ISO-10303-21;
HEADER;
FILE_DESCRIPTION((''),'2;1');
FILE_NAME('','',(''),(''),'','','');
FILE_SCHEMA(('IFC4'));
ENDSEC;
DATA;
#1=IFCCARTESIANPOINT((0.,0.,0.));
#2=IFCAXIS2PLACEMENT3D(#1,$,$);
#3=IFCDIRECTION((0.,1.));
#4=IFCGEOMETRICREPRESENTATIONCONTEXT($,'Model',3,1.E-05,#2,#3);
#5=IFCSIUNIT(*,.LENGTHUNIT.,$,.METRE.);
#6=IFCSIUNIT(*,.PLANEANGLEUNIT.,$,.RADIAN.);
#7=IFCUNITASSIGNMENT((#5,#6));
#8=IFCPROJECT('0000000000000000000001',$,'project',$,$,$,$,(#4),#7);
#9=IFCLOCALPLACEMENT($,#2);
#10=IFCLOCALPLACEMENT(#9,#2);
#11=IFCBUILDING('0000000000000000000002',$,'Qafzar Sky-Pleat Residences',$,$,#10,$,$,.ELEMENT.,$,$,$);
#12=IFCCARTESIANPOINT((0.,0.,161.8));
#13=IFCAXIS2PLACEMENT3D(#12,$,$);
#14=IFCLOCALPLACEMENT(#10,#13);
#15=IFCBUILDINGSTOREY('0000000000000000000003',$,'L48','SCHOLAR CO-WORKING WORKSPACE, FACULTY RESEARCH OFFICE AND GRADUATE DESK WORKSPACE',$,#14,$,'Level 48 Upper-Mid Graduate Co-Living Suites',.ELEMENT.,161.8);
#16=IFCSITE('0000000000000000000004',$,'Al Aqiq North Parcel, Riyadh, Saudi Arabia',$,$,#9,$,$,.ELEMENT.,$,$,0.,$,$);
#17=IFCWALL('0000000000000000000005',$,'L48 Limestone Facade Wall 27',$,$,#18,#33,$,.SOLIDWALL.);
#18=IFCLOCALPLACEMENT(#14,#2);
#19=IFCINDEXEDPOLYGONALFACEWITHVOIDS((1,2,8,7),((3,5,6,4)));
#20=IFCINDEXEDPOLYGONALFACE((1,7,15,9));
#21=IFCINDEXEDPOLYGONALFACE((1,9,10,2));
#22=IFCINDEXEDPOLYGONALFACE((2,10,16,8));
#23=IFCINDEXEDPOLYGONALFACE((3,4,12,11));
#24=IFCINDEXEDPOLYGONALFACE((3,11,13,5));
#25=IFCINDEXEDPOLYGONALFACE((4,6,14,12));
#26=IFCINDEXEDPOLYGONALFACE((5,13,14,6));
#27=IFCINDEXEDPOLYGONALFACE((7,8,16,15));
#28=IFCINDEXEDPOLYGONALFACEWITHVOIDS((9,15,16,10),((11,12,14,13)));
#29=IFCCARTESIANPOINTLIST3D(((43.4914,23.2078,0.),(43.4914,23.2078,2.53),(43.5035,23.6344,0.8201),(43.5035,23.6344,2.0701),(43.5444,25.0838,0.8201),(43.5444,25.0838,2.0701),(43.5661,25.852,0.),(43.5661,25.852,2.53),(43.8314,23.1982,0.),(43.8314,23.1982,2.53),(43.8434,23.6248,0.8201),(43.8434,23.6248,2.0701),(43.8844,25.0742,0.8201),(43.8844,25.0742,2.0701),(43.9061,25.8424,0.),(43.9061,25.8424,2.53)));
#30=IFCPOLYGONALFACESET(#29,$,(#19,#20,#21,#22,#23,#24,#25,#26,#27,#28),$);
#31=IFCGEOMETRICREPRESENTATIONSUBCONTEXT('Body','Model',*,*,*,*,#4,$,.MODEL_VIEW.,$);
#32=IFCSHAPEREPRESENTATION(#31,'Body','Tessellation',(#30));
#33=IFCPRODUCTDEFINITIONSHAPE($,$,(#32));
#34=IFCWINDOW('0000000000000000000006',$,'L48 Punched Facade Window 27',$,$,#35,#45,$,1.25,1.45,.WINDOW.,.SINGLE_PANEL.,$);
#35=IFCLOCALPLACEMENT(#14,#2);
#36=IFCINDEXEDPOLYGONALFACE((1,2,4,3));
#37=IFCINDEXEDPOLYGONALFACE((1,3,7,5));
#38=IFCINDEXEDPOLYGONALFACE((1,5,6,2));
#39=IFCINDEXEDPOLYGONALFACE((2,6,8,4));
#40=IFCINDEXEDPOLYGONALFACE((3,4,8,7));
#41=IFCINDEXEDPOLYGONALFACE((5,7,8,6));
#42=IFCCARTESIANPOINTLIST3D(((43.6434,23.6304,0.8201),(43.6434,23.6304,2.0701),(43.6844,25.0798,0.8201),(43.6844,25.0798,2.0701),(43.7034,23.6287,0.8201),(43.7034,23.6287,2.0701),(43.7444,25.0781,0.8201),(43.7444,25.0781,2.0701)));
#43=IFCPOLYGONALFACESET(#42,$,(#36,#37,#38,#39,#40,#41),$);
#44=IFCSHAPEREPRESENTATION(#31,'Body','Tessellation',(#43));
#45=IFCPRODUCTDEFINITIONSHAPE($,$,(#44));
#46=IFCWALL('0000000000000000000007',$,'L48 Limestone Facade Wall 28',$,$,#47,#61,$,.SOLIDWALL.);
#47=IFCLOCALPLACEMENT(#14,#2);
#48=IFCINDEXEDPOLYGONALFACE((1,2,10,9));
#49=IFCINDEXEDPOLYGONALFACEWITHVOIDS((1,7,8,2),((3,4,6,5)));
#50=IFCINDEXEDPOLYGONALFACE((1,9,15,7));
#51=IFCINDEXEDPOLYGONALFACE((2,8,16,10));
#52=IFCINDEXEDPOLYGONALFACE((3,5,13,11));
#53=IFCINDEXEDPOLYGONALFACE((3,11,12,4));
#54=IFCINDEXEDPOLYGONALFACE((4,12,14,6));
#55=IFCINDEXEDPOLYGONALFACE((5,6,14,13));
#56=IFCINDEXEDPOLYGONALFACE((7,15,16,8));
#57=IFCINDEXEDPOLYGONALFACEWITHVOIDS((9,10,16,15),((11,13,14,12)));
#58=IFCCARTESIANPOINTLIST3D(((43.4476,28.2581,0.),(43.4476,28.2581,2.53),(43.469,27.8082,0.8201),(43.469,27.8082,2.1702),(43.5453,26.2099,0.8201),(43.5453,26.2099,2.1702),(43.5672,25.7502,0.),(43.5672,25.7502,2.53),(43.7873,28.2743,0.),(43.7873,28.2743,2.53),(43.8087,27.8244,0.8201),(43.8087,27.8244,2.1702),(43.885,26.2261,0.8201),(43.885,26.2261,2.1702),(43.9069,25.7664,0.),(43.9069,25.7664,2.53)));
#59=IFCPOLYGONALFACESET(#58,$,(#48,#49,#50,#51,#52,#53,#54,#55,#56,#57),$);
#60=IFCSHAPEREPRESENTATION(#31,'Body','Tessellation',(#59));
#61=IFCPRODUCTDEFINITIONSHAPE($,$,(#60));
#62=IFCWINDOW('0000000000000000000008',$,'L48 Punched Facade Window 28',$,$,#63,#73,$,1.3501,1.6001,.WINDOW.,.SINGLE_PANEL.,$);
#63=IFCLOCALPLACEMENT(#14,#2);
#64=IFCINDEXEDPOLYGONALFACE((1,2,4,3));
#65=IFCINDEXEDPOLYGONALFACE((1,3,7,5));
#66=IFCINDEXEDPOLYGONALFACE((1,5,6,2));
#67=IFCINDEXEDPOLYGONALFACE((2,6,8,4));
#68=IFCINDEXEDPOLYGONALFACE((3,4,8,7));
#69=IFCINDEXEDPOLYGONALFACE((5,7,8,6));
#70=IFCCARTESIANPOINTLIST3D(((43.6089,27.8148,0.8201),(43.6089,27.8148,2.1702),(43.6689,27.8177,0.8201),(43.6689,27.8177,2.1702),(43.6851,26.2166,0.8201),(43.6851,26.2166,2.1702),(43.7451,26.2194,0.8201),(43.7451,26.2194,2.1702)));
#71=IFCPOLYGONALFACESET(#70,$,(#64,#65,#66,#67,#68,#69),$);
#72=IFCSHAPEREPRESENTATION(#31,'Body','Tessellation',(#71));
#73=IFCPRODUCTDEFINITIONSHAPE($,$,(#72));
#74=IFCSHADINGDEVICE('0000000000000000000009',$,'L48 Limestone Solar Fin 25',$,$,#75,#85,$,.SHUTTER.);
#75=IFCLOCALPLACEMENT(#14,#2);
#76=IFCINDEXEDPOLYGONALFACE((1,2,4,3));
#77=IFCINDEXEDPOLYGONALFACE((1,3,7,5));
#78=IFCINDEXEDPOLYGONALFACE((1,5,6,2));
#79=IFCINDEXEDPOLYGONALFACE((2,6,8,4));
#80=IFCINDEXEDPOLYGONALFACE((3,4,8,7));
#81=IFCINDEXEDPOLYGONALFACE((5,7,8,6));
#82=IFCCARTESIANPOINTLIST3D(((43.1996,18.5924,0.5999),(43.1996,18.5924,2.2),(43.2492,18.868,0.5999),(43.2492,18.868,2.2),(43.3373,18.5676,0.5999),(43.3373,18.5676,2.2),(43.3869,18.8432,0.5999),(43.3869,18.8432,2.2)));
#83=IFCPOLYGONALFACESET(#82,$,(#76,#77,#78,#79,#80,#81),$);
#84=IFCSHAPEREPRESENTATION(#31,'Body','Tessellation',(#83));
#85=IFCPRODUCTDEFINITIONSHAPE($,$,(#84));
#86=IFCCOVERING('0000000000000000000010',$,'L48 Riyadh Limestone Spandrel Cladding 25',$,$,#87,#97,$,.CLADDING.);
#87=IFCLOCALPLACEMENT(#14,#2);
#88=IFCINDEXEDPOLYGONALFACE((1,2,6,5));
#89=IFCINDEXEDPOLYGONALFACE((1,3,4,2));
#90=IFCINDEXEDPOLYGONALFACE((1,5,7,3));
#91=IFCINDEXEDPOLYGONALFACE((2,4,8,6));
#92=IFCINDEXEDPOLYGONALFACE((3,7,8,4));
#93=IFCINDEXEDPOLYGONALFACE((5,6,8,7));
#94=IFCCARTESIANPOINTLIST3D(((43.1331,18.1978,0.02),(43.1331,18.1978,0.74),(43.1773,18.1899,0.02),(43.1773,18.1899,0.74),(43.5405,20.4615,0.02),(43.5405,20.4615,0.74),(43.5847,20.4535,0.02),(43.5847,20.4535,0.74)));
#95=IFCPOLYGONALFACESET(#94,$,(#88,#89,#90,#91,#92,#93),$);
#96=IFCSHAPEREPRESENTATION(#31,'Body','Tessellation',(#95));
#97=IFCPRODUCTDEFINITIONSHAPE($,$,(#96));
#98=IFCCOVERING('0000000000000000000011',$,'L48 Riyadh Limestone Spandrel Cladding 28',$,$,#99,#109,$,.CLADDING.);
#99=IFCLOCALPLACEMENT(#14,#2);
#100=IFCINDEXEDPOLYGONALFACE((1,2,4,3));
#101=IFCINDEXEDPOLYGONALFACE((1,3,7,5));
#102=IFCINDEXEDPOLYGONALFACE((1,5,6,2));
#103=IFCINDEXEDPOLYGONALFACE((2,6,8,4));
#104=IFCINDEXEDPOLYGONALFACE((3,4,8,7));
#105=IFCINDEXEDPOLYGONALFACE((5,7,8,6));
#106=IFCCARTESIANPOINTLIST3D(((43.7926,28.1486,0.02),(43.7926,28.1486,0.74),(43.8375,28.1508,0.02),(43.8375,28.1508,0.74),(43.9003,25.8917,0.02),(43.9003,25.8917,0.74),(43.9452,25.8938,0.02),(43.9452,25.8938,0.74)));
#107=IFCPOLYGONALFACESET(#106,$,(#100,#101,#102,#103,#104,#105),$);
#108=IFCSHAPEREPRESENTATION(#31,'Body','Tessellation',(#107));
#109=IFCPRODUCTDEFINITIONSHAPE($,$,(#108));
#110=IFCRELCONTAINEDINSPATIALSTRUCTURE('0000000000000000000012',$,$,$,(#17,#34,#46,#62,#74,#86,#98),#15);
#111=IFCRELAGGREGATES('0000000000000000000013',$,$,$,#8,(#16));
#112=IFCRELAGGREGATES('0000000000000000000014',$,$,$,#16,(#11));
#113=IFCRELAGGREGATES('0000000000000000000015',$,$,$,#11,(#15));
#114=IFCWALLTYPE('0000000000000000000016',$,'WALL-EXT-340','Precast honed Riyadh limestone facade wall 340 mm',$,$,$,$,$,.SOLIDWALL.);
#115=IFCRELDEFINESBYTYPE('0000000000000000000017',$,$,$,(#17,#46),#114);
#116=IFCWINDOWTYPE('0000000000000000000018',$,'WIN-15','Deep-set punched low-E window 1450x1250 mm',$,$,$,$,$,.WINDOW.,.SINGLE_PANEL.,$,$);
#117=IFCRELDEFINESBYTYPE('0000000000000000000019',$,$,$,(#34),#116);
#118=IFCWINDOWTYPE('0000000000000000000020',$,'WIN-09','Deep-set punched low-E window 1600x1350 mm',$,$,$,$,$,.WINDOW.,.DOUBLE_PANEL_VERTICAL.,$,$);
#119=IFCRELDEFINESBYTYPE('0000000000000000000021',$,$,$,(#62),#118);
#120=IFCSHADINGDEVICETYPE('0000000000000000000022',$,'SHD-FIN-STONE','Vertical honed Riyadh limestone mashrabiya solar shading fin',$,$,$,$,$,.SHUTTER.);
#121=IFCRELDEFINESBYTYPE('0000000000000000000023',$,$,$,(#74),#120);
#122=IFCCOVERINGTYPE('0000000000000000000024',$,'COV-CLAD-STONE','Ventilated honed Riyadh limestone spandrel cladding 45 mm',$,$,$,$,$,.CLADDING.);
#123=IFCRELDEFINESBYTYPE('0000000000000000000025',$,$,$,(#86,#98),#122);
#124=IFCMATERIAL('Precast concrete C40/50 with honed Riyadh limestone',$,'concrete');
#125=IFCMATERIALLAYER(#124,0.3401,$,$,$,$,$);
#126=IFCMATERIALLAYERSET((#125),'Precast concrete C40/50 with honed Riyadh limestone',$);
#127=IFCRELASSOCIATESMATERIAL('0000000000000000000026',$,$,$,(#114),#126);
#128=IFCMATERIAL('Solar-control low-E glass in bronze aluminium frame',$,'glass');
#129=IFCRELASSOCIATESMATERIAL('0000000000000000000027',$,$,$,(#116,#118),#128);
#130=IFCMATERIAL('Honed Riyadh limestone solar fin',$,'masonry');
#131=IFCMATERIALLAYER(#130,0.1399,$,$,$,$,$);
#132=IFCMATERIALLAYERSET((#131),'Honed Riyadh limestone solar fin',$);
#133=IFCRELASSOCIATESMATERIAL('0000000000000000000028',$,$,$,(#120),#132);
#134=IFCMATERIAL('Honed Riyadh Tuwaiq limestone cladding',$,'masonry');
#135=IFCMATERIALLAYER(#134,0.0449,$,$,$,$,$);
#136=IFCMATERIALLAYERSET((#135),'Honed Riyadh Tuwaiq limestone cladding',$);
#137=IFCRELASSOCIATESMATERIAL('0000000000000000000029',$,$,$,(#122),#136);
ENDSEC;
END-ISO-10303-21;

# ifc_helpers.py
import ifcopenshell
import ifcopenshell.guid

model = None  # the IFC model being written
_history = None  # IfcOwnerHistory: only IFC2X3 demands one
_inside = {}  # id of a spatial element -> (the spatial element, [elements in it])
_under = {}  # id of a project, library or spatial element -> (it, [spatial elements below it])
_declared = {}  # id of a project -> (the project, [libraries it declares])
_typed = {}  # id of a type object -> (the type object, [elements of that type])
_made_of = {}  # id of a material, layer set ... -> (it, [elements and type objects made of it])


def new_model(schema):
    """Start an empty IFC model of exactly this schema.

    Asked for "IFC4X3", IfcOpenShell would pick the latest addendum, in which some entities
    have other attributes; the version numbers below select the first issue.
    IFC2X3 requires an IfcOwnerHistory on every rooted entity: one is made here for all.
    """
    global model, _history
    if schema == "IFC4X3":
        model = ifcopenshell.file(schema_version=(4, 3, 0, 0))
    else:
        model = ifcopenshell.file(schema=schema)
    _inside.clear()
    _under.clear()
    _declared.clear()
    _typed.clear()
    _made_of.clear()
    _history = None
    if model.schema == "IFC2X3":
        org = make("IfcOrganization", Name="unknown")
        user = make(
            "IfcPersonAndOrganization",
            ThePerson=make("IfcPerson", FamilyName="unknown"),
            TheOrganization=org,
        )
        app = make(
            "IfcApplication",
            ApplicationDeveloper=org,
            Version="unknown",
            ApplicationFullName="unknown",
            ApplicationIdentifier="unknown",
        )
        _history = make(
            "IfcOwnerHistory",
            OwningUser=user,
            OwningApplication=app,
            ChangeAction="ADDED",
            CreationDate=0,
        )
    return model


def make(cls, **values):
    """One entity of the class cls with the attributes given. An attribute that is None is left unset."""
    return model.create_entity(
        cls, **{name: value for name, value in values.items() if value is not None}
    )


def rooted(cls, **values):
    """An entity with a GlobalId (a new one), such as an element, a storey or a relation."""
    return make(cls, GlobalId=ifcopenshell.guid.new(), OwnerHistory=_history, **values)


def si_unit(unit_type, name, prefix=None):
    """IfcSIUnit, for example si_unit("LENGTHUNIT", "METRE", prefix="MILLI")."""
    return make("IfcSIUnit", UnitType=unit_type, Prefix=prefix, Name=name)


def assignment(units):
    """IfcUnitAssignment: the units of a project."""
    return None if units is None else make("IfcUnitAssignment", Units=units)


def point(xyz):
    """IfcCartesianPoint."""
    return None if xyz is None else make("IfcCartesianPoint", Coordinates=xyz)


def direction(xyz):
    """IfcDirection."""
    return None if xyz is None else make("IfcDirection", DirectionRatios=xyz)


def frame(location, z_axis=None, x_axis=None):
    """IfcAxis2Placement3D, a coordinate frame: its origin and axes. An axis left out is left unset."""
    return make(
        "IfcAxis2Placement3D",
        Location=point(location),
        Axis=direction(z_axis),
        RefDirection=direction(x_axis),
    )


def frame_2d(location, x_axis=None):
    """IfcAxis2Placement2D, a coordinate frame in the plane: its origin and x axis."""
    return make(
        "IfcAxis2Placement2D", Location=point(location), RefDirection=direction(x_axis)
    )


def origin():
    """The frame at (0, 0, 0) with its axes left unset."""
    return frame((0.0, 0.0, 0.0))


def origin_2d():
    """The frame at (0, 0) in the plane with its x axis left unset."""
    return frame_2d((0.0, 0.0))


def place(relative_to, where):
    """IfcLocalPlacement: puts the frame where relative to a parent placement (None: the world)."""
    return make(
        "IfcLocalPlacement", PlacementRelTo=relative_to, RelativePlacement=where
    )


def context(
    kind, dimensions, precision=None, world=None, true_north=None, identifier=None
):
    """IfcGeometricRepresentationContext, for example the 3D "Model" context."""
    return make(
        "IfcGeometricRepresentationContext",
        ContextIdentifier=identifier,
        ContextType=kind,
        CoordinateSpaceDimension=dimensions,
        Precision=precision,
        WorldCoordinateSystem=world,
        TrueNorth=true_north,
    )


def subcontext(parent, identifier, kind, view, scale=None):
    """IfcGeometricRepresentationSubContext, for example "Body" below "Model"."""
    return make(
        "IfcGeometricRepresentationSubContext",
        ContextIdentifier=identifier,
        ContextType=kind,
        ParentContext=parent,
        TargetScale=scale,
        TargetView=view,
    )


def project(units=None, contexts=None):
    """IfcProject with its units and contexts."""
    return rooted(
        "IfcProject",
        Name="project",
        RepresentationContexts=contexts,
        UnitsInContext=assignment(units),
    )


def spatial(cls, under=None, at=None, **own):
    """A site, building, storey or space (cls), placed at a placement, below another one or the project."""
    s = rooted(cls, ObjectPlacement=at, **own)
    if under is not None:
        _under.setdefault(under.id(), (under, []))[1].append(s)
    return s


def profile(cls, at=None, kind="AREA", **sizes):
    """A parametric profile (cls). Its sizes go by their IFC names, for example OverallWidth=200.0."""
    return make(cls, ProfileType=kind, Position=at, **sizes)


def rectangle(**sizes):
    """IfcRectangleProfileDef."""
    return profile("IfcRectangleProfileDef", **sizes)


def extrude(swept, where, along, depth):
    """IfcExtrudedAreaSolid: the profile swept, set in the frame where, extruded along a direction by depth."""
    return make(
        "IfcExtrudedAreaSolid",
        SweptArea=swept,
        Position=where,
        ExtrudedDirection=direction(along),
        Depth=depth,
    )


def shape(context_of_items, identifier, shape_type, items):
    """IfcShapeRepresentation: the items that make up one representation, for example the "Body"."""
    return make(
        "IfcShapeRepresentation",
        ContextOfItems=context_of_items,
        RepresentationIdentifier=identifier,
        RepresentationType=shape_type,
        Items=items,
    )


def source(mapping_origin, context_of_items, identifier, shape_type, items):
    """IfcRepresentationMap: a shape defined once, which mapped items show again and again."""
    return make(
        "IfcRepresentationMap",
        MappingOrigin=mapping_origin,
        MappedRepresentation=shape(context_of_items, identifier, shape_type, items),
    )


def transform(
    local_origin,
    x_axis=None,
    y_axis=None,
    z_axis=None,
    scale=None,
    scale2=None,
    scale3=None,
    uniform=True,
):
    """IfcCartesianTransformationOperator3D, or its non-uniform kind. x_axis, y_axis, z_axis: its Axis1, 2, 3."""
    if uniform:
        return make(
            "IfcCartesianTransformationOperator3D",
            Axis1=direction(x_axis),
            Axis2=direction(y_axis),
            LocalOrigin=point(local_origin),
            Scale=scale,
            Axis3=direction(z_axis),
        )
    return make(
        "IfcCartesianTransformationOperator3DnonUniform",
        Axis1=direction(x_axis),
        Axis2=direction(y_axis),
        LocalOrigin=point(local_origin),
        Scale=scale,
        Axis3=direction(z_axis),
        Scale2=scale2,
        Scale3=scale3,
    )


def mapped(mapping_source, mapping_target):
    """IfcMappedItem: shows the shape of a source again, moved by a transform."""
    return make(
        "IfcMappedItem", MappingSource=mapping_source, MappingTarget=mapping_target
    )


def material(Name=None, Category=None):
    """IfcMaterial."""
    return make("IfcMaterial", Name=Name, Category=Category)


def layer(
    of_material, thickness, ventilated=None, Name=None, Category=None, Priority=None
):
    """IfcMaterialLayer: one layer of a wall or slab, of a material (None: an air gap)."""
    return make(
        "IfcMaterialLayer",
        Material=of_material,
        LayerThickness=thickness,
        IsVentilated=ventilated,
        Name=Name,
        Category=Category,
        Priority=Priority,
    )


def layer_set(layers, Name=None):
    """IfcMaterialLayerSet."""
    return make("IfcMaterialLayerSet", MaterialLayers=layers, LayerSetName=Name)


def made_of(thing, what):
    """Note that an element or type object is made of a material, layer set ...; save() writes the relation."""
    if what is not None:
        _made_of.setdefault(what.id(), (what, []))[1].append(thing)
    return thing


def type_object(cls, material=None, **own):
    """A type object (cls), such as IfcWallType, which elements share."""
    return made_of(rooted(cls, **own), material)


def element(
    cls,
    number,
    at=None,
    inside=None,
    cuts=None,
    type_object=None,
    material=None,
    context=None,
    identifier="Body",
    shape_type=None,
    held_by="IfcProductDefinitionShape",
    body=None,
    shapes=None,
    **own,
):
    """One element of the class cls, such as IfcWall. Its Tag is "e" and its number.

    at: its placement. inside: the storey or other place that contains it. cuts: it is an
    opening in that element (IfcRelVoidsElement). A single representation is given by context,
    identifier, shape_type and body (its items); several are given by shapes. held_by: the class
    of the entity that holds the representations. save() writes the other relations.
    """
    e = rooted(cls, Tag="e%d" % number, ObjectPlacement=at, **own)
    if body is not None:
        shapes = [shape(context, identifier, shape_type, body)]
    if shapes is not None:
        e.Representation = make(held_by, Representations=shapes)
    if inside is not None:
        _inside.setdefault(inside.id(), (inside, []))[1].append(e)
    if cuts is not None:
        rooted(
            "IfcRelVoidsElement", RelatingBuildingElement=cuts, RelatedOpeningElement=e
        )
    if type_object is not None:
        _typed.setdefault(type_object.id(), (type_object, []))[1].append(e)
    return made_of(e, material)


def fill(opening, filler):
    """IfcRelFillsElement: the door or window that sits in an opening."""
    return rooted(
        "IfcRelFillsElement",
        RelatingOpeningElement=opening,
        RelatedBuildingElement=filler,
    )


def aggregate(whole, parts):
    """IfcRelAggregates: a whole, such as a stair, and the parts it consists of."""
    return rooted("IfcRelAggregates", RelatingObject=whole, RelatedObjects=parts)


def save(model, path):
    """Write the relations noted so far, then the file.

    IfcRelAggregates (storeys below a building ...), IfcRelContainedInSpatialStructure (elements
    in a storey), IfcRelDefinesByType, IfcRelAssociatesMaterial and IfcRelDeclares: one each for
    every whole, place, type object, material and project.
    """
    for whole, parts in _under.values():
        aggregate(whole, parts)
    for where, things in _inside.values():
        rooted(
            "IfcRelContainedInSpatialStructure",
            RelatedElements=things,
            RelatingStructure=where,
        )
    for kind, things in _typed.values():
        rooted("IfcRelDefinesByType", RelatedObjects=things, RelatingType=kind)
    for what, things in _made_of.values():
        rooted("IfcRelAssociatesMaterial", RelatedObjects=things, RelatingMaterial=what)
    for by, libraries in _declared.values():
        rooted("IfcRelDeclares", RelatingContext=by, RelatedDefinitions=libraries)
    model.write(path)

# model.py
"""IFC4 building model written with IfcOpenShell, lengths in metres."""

from ifc_helpers import new_model, si_unit, direction, frame, frame_2d, origin, origin_2d, place, context, subcontext, project, spatial, rectangle, extrude, source, transform, mapped, material, layer, layer_set, type_object, element, fill, save


model = new_model("IFC4")

# Units and contexts
model_context = context("Model", 3, precision=1e-05, world=origin(), true_north=direction((0.0, 1.0)))
body_context = subcontext(model_context, "Body", "Model", "MODEL_VIEW")
ifc_project = project(units=[si_unit("LENGTHUNIT", "METRE"), si_unit("PLANEANGLEUNIT", "RADIAN")], contexts=[model_context])

# Site, building, storey
site_placement = place(None, origin())
site = spatial("IfcSite", under=ifc_project, at=site_placement, Name="Al Aqiq North Parcel, Riyadh, Saudi Arabia", CompositionType="ELEMENT", RefElevation=0.0)
building_placement = place(site_placement, origin())
building = spatial("IfcBuilding", under=site, at=building_placement, Name="Qafzar Sky-Pleat Residences", CompositionType="ELEMENT")
storey_placement = place(building_placement, frame((0.0, 0.0, 161.8)))
storey = spatial("IfcBuildingStorey", under=building, at=storey_placement, Name="L48", Description="SCHOLAR CO-WORKING WORKSPACE, FACULTY RESEARCH OFFICE AND GRADUATE DESK WORKSPACE", LongName="Level 48 Upper-Mid Graduate Co-Living Suites", CompositionType="ELEMENT", Elevation=161.8)

# Shared definitions
ifc_material_1 = material(Name="Precast concrete C40/50 with honed Riyadh limestone", Category="concrete")

# Walls, openings, windows
ifc_layer_1 = layer(ifc_material_1, 0.3401)
ifc_layer_set_1 = layer_set([ifc_layer_1], Name="Precast concrete C40/50 with honed Riyadh limestone")
wall_type_1 = type_object("IfcWallType", Name="WALL-EXT-340", Description="Precast honed Riyadh limestone facade wall 340 mm", PredefinedType="SOLIDWALL", material=ifc_layer_set_1)
ifc_material_2 = material(Name="Solar-control low-E glass in bronze aluminium frame", Category="glass")
wall_1_placement = place(storey_placement, frame((43.6614, 23.2029, 0.0), z_axis=(0.0, 0.0, 1.0), x_axis=(0.028241, 0.999601, 0.0)))
wall_1 = element("IfcWall", 1, at=wall_1_placement, inside=storey, type_object=wall_type_1, Name="L48 Limestone Facade Wall 27", PredefinedType="SOLIDWALL", context=body_context, shape_type="SweptSolid", body=[
    extrude(rectangle(XDim=2.6453, YDim=0.3401, at=frame_2d((1.3228, 0.0))), origin(), (0.0, 0.0, 1.0), 2.53),
])
opening_1_placement = place(wall_1_placement, frame((0.4268, 0.0, 0.8201)))
opening_1 = element("IfcOpeningElement", 2, at=opening_1_placement, cuts=wall_1, PredefinedType="OPENING", context=body_context, shape_type="SweptSolid", body=[
    extrude(rectangle(XDim=1.45, YDim=1.25, at=frame_2d((0.7251, 0.625))), frame((0.0, 0.1802, 0.0), z_axis=(0.0, -1.0, 0.0), x_axis=(1.0, 0.0, 0.0)), (0.0, 0.0, 1.0), 0.3601),
])
window_type_1 = type_object("IfcWindowType", Name="WIN-15", Description="Deep-set punched low-E window 1450x1250 mm", PartitioningType="SINGLE_PANEL", PredefinedType="WINDOW", material=ifc_material_2)
shared_shape_1 = source(origin(), body_context, "Body", "SweptSolid", [
    extrude(rectangle(XDim=1.45, YDim=1.25, at=frame_2d((0.7251, 0.625))), frame((0.0, 0.03, 0.0), z_axis=(0.0, -1.0, 0.0), x_axis=(1.0, 0.0, 0.0)), (0.0, 0.0, 1.0), 0.0601),
])
window_1_placement = place(opening_1_placement, origin())
window_1 = element("IfcWindow", 3, at=window_1_placement, inside=storey, type_object=window_type_1, Name="L48 Punched Facade Window 27", OverallHeight=1.25, OverallWidth=1.45, PartitioningType="SINGLE_PANEL", PredefinedType="WINDOW", context=body_context, shape_type="MappedRepresentation", body=[
    mapped(shared_shape_1, transform((0.0, 0.0, 0.0), x_axis=(1.0, 0.0, 0.0), y_axis=(0.0, 1.0, 0.0), z_axis=(0.0, 0.0, 1.0), scale=1.0)),
])
fill(opening_1, window_1)
wall_2_placement = place(storey_placement, frame((43.7371, 25.7583, 0.0), z_axis=(0.0, 0.0, 1.0), x_axis=(-0.047648, 0.998864, 0.0)))
wall_2 = element("IfcWall", 4, at=wall_2_placement, inside=storey, type_object=wall_type_1, Name="L48 Limestone Facade Wall 28", PredefinedType="SOLIDWALL", context=body_context, shape_type="SweptSolid", body=[
    extrude(rectangle(XDim=2.5107, YDim=0.3401, at=frame_2d((1.2554, 0.0))), origin(), (0.0, 0.0, 1.0), 2.53),
])
opening_2_placement = place(wall_2_placement, frame((0.4602, 0.0, 0.8201)))
opening_2 = element("IfcOpeningElement", 5, at=opening_2_placement, cuts=wall_2, PredefinedType="OPENING", context=body_context, shape_type="SweptSolid", body=[
    extrude(rectangle(XDim=1.6001, YDim=1.3501, at=frame_2d((0.8, 0.675))), frame((0.0, 0.1802, 0.0), z_axis=(0.0, -1.0, 0.0), x_axis=(1.0, 0.0, 0.0)), (0.0, 0.0, 1.0), 0.3601),
])
window_type_2 = type_object("IfcWindowType", Name="WIN-09", Description="Deep-set punched low-E window 1600x1350 mm", PartitioningType="DOUBLE_PANEL_VERTICAL", PredefinedType="WINDOW", material=ifc_material_2)
shared_shape_2 = source(origin(), body_context, "Body", "SweptSolid", [
    extrude(rectangle(XDim=1.6001, YDim=1.3501, at=frame_2d((0.8, 0.675))), frame((0.0, 0.03, 0.0), z_axis=(0.0, -1.0, 0.0), x_axis=(1.0, 0.0, 0.0)), (0.0, 0.0, 1.0), 0.0601),
])
window_2_placement = place(opening_2_placement, origin())
window_2 = element("IfcWindow", 6, at=window_2_placement, inside=storey, type_object=window_type_2, Name="L48 Punched Facade Window 28", OverallHeight=1.3501, OverallWidth=1.6001, PartitioningType="SINGLE_PANEL", PredefinedType="WINDOW", context=body_context, shape_type="MappedRepresentation", body=[
    mapped(shared_shape_2, transform((0.0, 0.0, 0.0), x_axis=(1.0, 0.0, 0.0), y_axis=(0.0, 1.0, 0.0), z_axis=(0.0, 0.0, 1.0), scale=1.0)),
])
fill(opening_2, window_2)

# Shading device
ifc_material_3 = material(Name="Honed Riyadh limestone solar fin", Category="masonry")
ifc_layer_2 = layer(ifc_material_3, 0.1399)
ifc_layer_set_2 = layer_set([ifc_layer_2], Name="Honed Riyadh limestone solar fin")
shading_device_type = type_object("IfcShadingDeviceType", Name="SHD-FIN-STONE", Description="Vertical honed Riyadh limestone mashrabiya solar shading fin", PredefinedType="SHUTTER", material=ifc_layer_set_2)
shared_shape_3 = source(origin(), body_context, "Body", "SweptSolid", [
    extrude(rectangle(XDim=0.1399, YDim=0.28, at=origin_2d()), origin(), (0.0, 0.0, 1.0), 1.6001),
])
shading_device_placement = place(storey_placement, frame((43.2932, 18.7178, 0.5999), z_axis=(0.0, 0.0, 1.0), x_axis=(0.984187, -0.177133, 0.0)))
element("IfcShadingDevice", 7, at=shading_device_placement, inside=storey, type_object=shading_device_type, Name="L48 Limestone Solar Fin 25", PredefinedType="SHUTTER", context=body_context, shape_type="MappedRepresentation", body=[
    mapped(shared_shape_3, transform((0.0, 0.0, 0.0), x_axis=(1.0, 0.0, 0.0), y_axis=(0.0, 1.0, 0.0), z_axis=(0.0, 0.0, 1.0), scale=1.0)),
])

# Coverings
ifc_material_4 = material(Name="Honed Riyadh Tuwaiq limestone cladding", Category="masonry")
ifc_layer_3 = layer(ifc_material_4, 0.0449)
ifc_layer_set_3 = layer_set([ifc_layer_3], Name="Honed Riyadh Tuwaiq limestone cladding")
covering_type = type_object("IfcCoveringType", Name="COV-CLAD-STONE", Description="Ventilated honed Riyadh limestone spandrel cladding 45 mm", PredefinedType="CLADDING", material=ifc_layer_set_3)
shared_shape_4 = source(origin(), body_context, "Body", "SweptSolid", [
    extrude(rectangle(XDim=2.3, YDim=0.0449, at=origin_2d()), origin(), (0.0, 0.0, 1.0), 0.72),
])
covering_1_placement = place(storey_placement, frame((43.3589, 19.3257, 0.02), z_axis=(0.0, 0.0, 1.0), x_axis=(0.177146, 0.984185, 0.0)))
element("IfcCovering", 8, at=covering_1_placement, inside=storey, type_object=covering_type, Name="L48 Riyadh Limestone Spandrel Cladding 25", PredefinedType="CLADDING", context=body_context, shape_type="MappedRepresentation", body=[
    mapped(shared_shape_4, transform((0.0, 0.0, 0.0), x_axis=(1.0, 0.0, 0.0), y_axis=(0.0, 1.0, 0.0), z_axis=(0.0, 0.0, 1.0), scale=1.0)),
])
shared_shape_5 = source(origin(), body_context, "Body", "SweptSolid", [
    extrude(rectangle(XDim=2.2595, YDim=0.0449, at=origin_2d()), origin(), (0.0, 0.0, 1.0), 0.72),
])
covering_2_placement = place(storey_placement, frame((43.8689, 27.0212, 0.02), z_axis=(0.0, 0.0, 1.0), x_axis=(-0.047639, 0.998865, 0.0)))
element("IfcCovering", 9, at=covering_2_placement, inside=storey, type_object=covering_type, Name="L48 Riyadh Limestone Spandrel Cladding 28", PredefinedType="CLADDING", context=body_context, shape_type="MappedRepresentation", body=[
    mapped(shared_shape_5, transform((0.0, 0.0, 0.0), x_axis=(1.0, 0.0, 0.0), y_axis=(0.0, 1.0, 0.0), z_axis=(0.0, 0.0, 1.0), scale=1.0)),
])

save(model, "model.ifc")
